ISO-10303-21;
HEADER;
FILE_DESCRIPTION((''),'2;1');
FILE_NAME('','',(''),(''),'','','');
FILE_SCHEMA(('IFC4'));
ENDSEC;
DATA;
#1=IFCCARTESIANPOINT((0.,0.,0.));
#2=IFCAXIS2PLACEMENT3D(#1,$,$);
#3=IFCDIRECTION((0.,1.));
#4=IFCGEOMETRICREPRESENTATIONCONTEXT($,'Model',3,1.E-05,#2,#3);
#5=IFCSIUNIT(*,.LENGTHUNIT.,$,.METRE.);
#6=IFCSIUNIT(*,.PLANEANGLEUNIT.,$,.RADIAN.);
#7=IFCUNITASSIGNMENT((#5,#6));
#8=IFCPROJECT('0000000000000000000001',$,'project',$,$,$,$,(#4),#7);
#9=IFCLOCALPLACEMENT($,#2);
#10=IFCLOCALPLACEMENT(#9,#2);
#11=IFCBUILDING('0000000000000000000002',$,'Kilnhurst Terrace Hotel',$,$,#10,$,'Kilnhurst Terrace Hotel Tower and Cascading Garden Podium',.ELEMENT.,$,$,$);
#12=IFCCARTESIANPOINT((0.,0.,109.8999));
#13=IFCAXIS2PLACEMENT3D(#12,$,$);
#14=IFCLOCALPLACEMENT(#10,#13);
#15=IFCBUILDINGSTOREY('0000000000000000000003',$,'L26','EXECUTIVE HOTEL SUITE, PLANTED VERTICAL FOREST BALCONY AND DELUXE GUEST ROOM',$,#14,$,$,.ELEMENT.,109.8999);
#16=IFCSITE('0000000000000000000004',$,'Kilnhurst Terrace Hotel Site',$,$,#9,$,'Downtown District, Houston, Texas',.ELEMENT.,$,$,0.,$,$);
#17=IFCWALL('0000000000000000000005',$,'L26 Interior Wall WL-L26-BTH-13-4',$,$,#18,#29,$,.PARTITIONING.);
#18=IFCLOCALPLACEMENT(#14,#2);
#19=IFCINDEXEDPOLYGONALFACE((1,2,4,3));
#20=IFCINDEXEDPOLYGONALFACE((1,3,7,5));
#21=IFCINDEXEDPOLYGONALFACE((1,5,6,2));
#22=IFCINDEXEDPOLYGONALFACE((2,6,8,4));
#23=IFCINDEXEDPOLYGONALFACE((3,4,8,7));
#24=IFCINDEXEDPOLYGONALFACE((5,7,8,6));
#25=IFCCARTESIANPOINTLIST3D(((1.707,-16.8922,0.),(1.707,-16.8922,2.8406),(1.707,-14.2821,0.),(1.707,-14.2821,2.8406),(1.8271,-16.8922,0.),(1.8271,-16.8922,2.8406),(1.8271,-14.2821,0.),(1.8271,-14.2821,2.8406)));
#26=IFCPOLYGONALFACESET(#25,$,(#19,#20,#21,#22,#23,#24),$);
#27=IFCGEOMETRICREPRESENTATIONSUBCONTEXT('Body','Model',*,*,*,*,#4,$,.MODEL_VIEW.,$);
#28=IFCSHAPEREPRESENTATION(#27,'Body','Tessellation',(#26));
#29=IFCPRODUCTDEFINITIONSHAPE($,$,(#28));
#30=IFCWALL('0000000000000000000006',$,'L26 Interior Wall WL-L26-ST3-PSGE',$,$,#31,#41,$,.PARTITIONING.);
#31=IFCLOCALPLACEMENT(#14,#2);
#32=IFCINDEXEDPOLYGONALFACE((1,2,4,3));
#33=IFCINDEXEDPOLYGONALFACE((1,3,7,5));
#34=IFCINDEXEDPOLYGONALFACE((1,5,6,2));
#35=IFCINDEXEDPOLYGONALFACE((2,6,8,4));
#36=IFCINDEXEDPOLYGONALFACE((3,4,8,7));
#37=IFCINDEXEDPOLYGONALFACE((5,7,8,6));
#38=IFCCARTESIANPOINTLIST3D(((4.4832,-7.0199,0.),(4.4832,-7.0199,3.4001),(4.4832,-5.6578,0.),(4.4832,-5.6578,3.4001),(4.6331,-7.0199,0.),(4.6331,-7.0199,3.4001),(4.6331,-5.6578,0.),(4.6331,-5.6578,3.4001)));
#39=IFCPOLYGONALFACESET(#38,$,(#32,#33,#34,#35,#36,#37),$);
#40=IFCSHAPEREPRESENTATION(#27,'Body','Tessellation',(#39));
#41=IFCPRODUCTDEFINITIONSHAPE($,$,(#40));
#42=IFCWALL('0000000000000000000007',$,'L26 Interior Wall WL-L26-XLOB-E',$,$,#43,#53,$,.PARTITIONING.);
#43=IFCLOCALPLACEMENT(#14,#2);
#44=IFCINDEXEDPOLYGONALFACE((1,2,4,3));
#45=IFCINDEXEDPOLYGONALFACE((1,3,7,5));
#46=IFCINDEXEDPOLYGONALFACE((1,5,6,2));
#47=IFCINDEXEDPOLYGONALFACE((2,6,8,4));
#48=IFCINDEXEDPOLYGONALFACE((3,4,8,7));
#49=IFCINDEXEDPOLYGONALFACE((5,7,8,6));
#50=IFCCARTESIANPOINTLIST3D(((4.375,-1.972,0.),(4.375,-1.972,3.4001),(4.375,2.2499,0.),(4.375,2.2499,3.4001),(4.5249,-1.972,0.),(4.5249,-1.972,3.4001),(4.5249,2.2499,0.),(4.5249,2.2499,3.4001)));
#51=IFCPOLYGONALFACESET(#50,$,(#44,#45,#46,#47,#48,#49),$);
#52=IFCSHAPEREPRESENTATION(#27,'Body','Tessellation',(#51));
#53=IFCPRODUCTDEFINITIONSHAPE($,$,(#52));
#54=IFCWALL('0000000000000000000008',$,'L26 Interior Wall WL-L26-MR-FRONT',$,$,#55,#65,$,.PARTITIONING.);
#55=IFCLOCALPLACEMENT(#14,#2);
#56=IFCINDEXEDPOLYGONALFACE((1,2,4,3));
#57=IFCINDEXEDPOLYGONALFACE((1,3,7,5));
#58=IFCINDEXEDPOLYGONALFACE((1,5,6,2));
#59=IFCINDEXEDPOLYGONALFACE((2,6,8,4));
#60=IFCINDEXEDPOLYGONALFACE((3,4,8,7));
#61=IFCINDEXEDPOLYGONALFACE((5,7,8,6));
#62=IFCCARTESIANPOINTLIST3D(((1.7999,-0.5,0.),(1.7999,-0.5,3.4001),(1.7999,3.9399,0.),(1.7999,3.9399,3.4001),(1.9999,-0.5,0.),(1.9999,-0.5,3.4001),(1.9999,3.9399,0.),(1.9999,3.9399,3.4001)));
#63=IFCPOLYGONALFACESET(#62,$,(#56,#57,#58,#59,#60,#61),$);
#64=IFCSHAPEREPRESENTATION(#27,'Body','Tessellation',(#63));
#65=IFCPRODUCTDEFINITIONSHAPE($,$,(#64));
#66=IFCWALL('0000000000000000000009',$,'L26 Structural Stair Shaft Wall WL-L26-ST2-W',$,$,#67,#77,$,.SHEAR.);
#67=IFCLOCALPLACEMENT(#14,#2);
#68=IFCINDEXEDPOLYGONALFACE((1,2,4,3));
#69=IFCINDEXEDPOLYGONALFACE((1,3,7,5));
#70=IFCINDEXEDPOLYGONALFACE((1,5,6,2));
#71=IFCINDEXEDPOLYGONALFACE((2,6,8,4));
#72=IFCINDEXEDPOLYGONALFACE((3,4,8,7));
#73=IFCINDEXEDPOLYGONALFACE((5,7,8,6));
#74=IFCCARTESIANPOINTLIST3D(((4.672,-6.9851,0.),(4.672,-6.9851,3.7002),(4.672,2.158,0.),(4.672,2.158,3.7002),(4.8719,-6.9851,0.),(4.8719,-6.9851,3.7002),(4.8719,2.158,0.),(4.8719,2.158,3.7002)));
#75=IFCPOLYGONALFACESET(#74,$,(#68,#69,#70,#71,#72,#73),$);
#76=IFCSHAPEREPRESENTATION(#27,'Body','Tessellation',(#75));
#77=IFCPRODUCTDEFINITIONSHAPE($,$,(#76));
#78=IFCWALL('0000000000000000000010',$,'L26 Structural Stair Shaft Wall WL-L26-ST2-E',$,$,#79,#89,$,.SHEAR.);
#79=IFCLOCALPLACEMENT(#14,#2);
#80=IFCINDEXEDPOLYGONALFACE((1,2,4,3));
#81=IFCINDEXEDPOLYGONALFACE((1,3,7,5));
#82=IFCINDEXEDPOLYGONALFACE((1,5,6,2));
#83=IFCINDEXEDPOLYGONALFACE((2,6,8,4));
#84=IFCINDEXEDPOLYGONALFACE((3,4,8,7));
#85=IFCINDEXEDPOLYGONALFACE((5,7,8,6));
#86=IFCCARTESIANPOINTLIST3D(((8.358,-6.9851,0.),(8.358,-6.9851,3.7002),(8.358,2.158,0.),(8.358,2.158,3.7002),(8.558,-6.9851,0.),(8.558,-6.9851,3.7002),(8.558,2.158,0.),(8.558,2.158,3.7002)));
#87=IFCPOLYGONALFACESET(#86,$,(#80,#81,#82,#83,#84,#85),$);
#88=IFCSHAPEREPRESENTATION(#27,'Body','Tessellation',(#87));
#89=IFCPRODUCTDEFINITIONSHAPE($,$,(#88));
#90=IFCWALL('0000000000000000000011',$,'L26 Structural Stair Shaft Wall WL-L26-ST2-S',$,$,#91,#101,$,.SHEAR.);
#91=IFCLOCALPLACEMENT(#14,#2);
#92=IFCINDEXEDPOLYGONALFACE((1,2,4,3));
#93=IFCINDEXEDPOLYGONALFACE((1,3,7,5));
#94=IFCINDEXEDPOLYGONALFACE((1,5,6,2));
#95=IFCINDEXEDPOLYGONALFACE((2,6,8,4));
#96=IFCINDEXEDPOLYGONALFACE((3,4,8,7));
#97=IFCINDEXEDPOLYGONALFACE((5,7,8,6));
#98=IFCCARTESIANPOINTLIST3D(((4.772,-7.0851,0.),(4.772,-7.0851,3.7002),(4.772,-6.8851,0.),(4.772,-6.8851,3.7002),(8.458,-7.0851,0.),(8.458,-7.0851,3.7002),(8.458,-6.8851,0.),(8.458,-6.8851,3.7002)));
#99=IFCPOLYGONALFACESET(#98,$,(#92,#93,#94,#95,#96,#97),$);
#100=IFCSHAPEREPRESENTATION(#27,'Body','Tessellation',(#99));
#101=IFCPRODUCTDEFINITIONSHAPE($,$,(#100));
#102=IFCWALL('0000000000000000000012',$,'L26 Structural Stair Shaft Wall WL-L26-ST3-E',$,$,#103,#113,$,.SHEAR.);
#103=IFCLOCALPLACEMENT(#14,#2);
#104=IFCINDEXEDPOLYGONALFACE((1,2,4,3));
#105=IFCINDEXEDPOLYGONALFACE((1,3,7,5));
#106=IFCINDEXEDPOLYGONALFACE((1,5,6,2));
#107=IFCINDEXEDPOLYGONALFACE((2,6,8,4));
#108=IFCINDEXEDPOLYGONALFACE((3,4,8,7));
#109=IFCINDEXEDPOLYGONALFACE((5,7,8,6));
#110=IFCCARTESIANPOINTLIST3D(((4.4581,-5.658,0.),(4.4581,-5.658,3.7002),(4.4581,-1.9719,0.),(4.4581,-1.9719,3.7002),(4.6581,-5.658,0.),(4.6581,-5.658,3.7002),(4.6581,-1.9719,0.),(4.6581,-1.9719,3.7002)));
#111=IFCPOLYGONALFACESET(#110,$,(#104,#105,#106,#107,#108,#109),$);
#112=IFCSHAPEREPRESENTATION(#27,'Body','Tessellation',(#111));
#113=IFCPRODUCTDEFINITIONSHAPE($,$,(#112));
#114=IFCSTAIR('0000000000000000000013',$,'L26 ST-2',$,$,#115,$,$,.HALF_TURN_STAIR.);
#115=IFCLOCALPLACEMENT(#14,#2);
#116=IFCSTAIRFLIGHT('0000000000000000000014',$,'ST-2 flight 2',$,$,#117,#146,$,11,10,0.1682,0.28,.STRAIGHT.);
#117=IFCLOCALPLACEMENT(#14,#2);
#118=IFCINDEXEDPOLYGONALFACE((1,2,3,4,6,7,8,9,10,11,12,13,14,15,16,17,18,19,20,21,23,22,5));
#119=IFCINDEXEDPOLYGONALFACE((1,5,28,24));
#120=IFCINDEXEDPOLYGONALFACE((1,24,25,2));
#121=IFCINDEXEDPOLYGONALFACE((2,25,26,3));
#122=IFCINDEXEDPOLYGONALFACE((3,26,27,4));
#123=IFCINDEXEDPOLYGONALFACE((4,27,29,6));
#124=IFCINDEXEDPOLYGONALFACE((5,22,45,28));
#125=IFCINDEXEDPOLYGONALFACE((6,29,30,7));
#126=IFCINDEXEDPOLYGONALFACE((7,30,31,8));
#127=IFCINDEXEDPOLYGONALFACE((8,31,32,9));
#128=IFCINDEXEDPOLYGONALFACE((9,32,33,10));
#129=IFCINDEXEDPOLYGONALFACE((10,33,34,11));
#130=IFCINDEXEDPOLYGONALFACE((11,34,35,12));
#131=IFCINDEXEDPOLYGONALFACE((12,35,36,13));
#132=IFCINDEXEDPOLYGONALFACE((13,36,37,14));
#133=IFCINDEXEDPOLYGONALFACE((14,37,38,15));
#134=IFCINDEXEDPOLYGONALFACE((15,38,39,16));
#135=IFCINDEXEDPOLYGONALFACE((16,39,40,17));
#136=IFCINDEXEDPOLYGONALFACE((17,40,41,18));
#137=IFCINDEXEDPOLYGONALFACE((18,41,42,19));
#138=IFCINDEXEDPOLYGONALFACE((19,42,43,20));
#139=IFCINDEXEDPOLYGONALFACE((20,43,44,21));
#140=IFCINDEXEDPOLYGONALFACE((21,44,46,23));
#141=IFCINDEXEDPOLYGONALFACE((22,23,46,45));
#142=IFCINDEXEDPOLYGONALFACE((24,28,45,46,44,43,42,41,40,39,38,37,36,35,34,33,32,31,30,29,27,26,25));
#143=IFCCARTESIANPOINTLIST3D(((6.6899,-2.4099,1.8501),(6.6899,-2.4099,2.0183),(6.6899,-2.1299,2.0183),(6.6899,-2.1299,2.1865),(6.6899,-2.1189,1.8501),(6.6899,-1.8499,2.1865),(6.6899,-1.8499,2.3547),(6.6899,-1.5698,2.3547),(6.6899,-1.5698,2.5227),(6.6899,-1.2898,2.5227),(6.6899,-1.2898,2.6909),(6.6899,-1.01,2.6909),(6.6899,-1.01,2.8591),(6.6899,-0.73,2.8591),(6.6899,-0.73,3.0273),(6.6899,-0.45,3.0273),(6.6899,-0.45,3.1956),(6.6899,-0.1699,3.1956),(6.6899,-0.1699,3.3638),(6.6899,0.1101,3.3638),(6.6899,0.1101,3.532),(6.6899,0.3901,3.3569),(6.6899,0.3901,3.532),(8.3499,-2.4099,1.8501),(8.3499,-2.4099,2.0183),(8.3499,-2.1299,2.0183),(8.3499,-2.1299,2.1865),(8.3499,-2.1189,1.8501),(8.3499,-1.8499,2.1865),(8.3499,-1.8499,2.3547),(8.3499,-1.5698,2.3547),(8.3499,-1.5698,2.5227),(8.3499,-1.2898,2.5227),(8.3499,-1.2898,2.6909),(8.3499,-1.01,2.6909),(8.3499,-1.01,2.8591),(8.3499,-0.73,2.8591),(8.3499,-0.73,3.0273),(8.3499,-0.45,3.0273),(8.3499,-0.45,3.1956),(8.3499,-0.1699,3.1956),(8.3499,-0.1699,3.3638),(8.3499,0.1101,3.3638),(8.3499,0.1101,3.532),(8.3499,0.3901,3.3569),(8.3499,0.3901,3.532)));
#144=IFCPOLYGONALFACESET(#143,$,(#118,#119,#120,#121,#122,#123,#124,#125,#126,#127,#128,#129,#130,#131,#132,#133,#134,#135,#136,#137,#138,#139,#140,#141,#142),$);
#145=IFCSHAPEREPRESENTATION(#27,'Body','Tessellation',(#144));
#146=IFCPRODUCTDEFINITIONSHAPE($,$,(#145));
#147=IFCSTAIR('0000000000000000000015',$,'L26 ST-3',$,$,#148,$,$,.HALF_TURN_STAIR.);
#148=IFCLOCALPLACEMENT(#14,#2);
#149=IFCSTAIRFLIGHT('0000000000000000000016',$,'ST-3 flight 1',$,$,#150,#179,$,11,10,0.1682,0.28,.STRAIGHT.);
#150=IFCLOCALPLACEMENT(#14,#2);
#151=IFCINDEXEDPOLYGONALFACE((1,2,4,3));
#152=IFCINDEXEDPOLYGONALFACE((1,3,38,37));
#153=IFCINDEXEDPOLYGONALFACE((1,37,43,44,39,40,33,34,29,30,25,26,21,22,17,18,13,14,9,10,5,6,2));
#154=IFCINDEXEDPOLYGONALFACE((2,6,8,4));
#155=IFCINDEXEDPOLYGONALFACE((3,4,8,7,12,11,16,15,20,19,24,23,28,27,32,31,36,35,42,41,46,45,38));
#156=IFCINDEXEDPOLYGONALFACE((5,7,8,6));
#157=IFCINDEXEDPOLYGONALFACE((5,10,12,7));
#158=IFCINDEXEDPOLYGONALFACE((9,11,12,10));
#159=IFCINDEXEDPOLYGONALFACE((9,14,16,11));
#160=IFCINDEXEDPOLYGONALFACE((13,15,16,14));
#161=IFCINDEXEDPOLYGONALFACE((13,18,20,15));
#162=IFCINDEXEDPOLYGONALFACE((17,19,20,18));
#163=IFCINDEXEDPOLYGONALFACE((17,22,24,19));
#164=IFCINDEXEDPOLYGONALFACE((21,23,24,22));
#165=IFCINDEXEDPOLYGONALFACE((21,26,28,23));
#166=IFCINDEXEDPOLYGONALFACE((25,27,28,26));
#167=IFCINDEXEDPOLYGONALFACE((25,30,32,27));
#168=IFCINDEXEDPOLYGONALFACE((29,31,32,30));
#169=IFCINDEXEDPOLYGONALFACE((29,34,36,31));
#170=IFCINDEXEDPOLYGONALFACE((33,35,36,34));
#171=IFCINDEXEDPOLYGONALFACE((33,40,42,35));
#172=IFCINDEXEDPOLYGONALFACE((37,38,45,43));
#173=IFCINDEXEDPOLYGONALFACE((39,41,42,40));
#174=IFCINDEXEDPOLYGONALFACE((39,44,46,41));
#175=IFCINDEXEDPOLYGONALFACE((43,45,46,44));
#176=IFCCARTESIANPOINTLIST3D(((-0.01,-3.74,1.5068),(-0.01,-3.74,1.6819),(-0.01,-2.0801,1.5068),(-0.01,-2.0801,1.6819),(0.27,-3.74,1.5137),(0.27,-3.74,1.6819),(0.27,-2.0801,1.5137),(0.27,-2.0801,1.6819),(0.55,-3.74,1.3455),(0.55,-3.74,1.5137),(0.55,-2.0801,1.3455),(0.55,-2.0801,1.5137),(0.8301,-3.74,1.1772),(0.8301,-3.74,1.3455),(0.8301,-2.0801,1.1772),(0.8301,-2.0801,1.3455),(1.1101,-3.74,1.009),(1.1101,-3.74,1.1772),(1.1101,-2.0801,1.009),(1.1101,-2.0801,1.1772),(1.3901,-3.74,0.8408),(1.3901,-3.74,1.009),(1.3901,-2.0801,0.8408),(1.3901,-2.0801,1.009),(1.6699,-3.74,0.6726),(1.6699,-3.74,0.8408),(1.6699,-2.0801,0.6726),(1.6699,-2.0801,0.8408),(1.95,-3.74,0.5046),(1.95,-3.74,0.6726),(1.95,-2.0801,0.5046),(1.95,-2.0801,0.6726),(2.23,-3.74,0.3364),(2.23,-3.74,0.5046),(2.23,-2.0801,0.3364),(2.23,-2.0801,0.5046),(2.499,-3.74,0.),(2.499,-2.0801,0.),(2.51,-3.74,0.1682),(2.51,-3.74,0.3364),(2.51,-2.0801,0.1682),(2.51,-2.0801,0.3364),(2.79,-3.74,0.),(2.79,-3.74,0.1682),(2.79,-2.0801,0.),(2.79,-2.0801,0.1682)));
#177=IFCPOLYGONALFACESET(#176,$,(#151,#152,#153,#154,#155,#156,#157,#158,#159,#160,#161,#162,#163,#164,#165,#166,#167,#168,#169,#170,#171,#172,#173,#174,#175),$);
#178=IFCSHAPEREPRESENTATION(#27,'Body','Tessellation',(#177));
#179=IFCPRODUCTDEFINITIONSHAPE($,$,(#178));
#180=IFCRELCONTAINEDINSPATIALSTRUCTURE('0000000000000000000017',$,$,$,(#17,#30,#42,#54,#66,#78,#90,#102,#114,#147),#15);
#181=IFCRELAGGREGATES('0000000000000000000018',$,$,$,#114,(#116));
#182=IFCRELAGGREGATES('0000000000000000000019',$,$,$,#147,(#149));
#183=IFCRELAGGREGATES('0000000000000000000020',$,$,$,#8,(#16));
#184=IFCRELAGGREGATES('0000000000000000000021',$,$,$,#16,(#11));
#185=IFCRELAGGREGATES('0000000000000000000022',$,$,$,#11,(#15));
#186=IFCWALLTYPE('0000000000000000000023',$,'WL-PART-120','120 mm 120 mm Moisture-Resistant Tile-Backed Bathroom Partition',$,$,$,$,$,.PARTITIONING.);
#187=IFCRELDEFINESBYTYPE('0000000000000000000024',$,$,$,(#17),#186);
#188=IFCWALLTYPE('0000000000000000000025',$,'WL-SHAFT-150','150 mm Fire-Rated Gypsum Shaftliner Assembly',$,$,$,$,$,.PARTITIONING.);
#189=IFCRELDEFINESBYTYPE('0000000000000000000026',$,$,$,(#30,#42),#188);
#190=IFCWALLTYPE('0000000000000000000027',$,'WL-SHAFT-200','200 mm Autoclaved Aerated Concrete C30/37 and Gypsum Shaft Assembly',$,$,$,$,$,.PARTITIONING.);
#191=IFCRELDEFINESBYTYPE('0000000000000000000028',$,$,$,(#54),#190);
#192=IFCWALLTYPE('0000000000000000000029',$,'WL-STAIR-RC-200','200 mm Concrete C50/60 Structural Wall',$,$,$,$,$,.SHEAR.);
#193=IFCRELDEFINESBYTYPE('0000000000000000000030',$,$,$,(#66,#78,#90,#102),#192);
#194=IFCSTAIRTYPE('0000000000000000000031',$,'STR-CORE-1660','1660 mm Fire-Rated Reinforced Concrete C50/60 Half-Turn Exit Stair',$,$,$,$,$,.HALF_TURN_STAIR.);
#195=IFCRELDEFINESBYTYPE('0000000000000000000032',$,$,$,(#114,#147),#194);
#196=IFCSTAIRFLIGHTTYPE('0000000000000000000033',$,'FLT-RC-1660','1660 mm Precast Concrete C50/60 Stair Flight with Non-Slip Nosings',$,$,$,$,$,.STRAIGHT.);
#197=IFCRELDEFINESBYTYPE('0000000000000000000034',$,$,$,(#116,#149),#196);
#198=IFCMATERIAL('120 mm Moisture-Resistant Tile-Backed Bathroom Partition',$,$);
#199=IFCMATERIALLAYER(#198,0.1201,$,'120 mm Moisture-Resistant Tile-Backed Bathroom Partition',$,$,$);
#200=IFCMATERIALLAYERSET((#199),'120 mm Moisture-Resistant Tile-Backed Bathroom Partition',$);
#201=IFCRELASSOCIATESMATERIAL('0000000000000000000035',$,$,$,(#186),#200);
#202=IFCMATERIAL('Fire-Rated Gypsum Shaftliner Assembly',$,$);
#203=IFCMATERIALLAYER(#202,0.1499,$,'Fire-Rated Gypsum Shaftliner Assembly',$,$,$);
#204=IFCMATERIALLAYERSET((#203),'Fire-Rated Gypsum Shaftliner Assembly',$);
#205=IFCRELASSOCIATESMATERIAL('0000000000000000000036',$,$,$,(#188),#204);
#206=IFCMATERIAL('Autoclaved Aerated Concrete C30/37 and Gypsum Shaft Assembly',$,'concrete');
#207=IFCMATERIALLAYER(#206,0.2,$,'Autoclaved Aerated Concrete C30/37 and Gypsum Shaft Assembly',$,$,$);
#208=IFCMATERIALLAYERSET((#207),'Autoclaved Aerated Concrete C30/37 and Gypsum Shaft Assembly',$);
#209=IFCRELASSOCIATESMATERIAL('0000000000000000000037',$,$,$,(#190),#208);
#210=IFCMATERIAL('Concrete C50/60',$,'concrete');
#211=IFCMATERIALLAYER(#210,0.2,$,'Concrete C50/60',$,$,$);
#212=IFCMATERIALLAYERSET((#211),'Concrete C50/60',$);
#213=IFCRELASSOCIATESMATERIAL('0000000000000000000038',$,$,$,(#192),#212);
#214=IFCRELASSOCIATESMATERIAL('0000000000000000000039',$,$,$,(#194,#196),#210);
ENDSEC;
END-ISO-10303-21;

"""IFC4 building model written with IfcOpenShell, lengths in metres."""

from ifc_helpers import new_model, si_unit, direction, frame, frame_2d, origin, place, context, subcontext, project, spatial, polyline, rectangle, outline, extrude, material, layer, layer_set, type_object, element, aggregate, save


model = new_model("IFC4")

# Units and contexts
model_context = context("Model", 3, precision=1e-05, world=origin(), true_north=direction((0.0, 1.0)))
body_context = subcontext(model_context, "Body", "Model", "MODEL_VIEW")
ifc_project = project(units=[si_unit("LENGTHUNIT", "METRE"), si_unit("PLANEANGLEUNIT", "RADIAN")], contexts=[model_context])

# Site, building, storey
site_placement = place(None, origin())
site = spatial("IfcSite", under=ifc_project, at=site_placement, Name="Kilnhurst Terrace Hotel Site", LongName="Downtown District, Houston, Texas", CompositionType="ELEMENT", RefElevation=0.0)
building_placement = place(site_placement, origin())
building = spatial("IfcBuilding", under=site, at=building_placement, Name="Kilnhurst Terrace Hotel", LongName="Kilnhurst Terrace Hotel Tower and Cascading Garden Podium", CompositionType="ELEMENT")
storey_placement = place(building_placement, frame((0.0, 0.0, 109.8999)))
storey = spatial("IfcBuildingStorey", under=building, at=storey_placement, Name="L26", Description="EXECUTIVE HOTEL SUITE, PLANTED VERTICAL FOREST BALCONY AND DELUXE GUEST ROOM", CompositionType="ELEMENT", Elevation=109.8999)

# Shared definitions
ifc_material_1 = material(Name="Concrete C50/60", Category="concrete")

# Shared definitions
ifc_material_2 = material(Name="120 mm Moisture-Resistant Tile-Backed Bathroom Partition")
ifc_layer_1 = layer(ifc_material_2, 0.1201, Name="120 mm Moisture-Resistant Tile-Backed Bathroom Partition")
ifc_layer_set_1 = layer_set([ifc_layer_1], Name="120 mm Moisture-Resistant Tile-Backed Bathroom Partition")
wall_type_1 = type_object("IfcWallType", Name="WL-PART-120", Description="120 mm 120 mm Moisture-Resistant Tile-Backed Bathroom Partition", PredefinedType="PARTITIONING", material=ifc_layer_set_1)

# Walls
wall_1_placement = place(storey_placement, frame((1.7671, -14.282, 0.0), z_axis=(0.0, 0.0, 1.0), x_axis=(0.0, -1.0, 0.0)))
element("IfcWall", 1, at=wall_1_placement, inside=storey, type_object=wall_type_1, Name="L26 Interior Wall WL-L26-BTH-13-4", PredefinedType="PARTITIONING", context=body_context, shape_type="SweptSolid", body=[
    extrude(rectangle(XDim=2.6101, YDim=0.1201, at=frame_2d((1.3052, 0.0))), origin(), (0.0, 0.0, 1.0), 2.8406),
])
ifc_material_3 = material(Name="Fire-Rated Gypsum Shaftliner Assembly")
ifc_layer_2 = layer(ifc_material_3, 0.1499, Name="Fire-Rated Gypsum Shaftliner Assembly")
ifc_layer_set_2 = layer_set([ifc_layer_2], Name="Fire-Rated Gypsum Shaftliner Assembly")
wall_type_2 = type_object("IfcWallType", Name="WL-SHAFT-150", Description="150 mm Fire-Rated Gypsum Shaftliner Assembly", PredefinedType="PARTITIONING", material=ifc_layer_set_2)
wall_2_placement = place(storey_placement, frame((4.5581, -7.02, 0.0), z_axis=(0.0, 0.0, 1.0), x_axis=(0.0, 1.0, 0.0)))
element("IfcWall", 2, at=wall_2_placement, inside=storey, type_object=wall_type_2, Name="L26 Interior Wall WL-L26-ST3-PSGE", PredefinedType="PARTITIONING", context=body_context, shape_type="SweptSolid", body=[
    extrude(rectangle(XDim=1.3621, YDim=0.1499, at=frame_2d((0.6812, 0.0))), origin(), (0.0, 0.0, 1.0), 3.4001),
])
wall_3_placement = place(storey_placement, frame((4.45, -1.9719, 0.0), z_axis=(0.0, 0.0, 1.0), x_axis=(0.0, 1.0, 0.0)))
element("IfcWall", 3, at=wall_3_placement, inside=storey, type_object=wall_type_2, Name="L26 Interior Wall WL-L26-XLOB-E", PredefinedType="PARTITIONING", context=body_context, shape_type="SweptSolid", body=[
    extrude(rectangle(XDim=4.2219, YDim=0.1499, at=frame_2d((2.1108, 0.0))), origin(), (0.0, 0.0, 1.0), 3.4001),
])
ifc_material_4 = material(Name="Autoclaved Aerated Concrete C30/37 and Gypsum Shaft Assembly", Category="concrete")
ifc_layer_3 = layer(ifc_material_4, 0.2, Name="Autoclaved Aerated Concrete C30/37 and Gypsum Shaft Assembly")
ifc_layer_set_3 = layer_set([ifc_layer_3], Name="Autoclaved Aerated Concrete C30/37 and Gypsum Shaft Assembly")
wall_type_3 = type_object("IfcWallType", Name="WL-SHAFT-200", Description="200 mm Autoclaved Aerated Concrete C30/37 and Gypsum Shaft Assembly", PredefinedType="PARTITIONING", material=ifc_layer_set_3)
wall_4_placement = place(storey_placement, frame((1.8999, -0.5, 0.0), z_axis=(0.0, 0.0, 1.0), x_axis=(0.0, 1.0, 0.0)))
element("IfcWall", 4, at=wall_4_placement, inside=storey, type_object=wall_type_3, Name="L26 Interior Wall WL-L26-MR-FRONT", PredefinedType="PARTITIONING", context=body_context, shape_type="SweptSolid", body=[
    extrude(rectangle(XDim=4.4399, YDim=0.2, at=frame_2d((2.22, 0.0))), origin(), (0.0, 0.0, 1.0), 3.4001),
])
ifc_layer_4 = layer(ifc_material_1, 0.2, Name="Concrete C50/60")
ifc_layer_set_4 = layer_set([ifc_layer_4], Name="Concrete C50/60")
wall_type_4 = type_object("IfcWallType", Name="WL-STAIR-RC-200", Description="200 mm Concrete C50/60 Structural Wall", PredefinedType="SHEAR", material=ifc_layer_set_4)
for number, where, z_axis, x_axis, name in (
    (5, (4.772, -6.9851, 0.0), (0.0, 0.0, 1.0), (0.0, 1.0, 0.0), "L26 Structural Stair Shaft Wall WL-L26-ST2-W"),
    (6, (8.458, -6.9851, 0.0), (0.0, 0.0, 1.0), (0.0, 1.0, 0.0), "L26 Structural Stair Shaft Wall WL-L26-ST2-E"),
):
    element("IfcWall", number, at=place(storey_placement, frame(where, z_axis=z_axis, x_axis=x_axis)), inside=storey, type_object=wall_type_4, Name=name, PredefinedType="SHEAR", context=body_context, shape_type="SweptSolid", body=[
        extrude(rectangle(XDim=9.1431, YDim=0.2, at=frame_2d((4.5715, 0.0))), origin(), (0.0, 0.0, 1.0), 3.7002),
    ])
for number, where, z_axis, x_axis, name in (
    (7, (4.772, -6.9851, 0.0), (0.0, 0.0, 1.0), (1.0, 0.0, 0.0), "L26 Structural Stair Shaft Wall WL-L26-ST2-S"),
    (8, (4.5581, -5.658, 0.0), (0.0, 0.0, 1.0), (0.0, 1.0, 0.0), "L26 Structural Stair Shaft Wall WL-L26-ST3-E"),
):
    element("IfcWall", number, at=place(storey_placement, frame(where, z_axis=z_axis, x_axis=x_axis)), inside=storey, type_object=wall_type_4, Name=name, PredefinedType="SHEAR", context=body_context, shape_type="SweptSolid", body=[
        extrude(rectangle(XDim=3.686, YDim=0.2, at=frame_2d((1.843, 0.0))), origin(), (0.0, 0.0, 1.0), 3.7002),
    ])

# Stairs, stair flights
stair_type = type_object("IfcStairType", Name="STR-CORE-1660", Description="1660 mm Fire-Rated Reinforced Concrete C50/60 Half-Turn Exit Stair", PredefinedType="HALF_TURN_STAIR", material=ifc_material_1)
stair_1_placement = place(storey_placement, origin())
stair_1 = element("IfcStair", 9, at=stair_1_placement, inside=storey, type_object=stair_type, Name="L26 ST-2", PredefinedType="HALF_TURN_STAIR")
stair_flight_type = type_object("IfcStairFlightType", Name="FLT-RC-1660", Description="1660 mm Precast Concrete C50/60 Stair Flight with Non-Slip Nosings", PredefinedType="STRAIGHT", material=ifc_material_1)
stair_flight_1_placement = place(storey_placement, frame((7.52, -2.4099, 1.8501), z_axis=(0.0, 0.0, 1.0), x_axis=(0.0, 1.0, 0.0)))
stair_flight_1 = element("IfcStairFlight", 10, at=stair_flight_1_placement, type_object=stair_flight_type, Name="ST-2 flight 2", NumberOfRisers=11, NumberOfTreads=10, PredefinedType="STRAIGHT", RiserHeight=0.1682, TreadLength=0.28, context=body_context, shape_type="SweptSolid", body=[
    extrude(outline(polyline([(0.0, 0.0), (0.0, 0.1682), (0.28, 0.1682), (0.28, 0.3364), (0.5601, 0.3364), (0.5601, 0.5046), (0.8401, 0.5046), (0.8401, 0.6726), (1.1201, 0.6726), (1.1201, 0.8408), (1.3999, 0.8408), (1.3999, 1.009), (1.6799, 1.009), (1.6799, 1.1772), (1.96, 1.1772), (1.96, 1.3455), (2.24, 1.3455), (2.24, 1.5137), (2.52, 1.5137), (2.52, 1.6819), (2.8, 1.6819), (2.8, 1.8501), (2.8, 1.5068), (0.291, 0.0), (0.0, 0.0)])), frame((0.0, 0.8301, 0.0), z_axis=(0.0, -1.0, 0.0), x_axis=(1.0, 0.0, 0.0)), (0.0, 0.0, 1.0), 1.6599),
])
aggregate(stair_1, [stair_flight_1])
stair_2_placement = place(storey_placement, origin())
stair_2 = element("IfcStair", 11, at=stair_2_placement, inside=storey, type_object=stair_type, Name="L26 ST-3", PredefinedType="HALF_TURN_STAIR")
stair_flight_2_placement = place(storey_placement, frame((2.79, -2.9099, 0.0), z_axis=(0.0, 0.0, 1.0), x_axis=(-1.0, 0.0, 0.0)))
stair_flight_2 = element("IfcStairFlight", 12, at=stair_flight_2_placement, type_object=stair_flight_type, Name="ST-3 flight 1", NumberOfRisers=11, NumberOfTreads=10, PredefinedType="STRAIGHT", RiserHeight=0.1682, TreadLength=0.28, context=body_context, shape_type="SweptSolid", body=[
    extrude(outline(polyline([(0.0, 0.0), (0.0, 0.1682), (0.28, 0.1682), (0.28, 0.3364), (0.5601, 0.3364), (0.5601, 0.5046), (0.8401, 0.5046), (0.8401, 0.6726), (1.1201, 0.6726), (1.1201, 0.8408), (1.3999, 0.8408), (1.3999, 1.009), (1.6799, 1.009), (1.6799, 1.1772), (1.96, 1.1772), (1.96, 1.3455), (2.24, 1.3455), (2.24, 1.5137), (2.52, 1.5137), (2.52, 1.6819), (2.8, 1.6819), (2.8, 1.8501), (2.8, 1.5068), (0.291, 0.0), (0.0, 0.0)])), frame((0.0, 0.8301, 0.0), z_axis=(0.0, -1.0, 0.0), x_axis=(1.0, 0.0, 0.0)), (0.0, 0.0, 1.0), 1.6599),
])
aggregate(stair_2, [stair_flight_2])

save(model, "model.ifc")
